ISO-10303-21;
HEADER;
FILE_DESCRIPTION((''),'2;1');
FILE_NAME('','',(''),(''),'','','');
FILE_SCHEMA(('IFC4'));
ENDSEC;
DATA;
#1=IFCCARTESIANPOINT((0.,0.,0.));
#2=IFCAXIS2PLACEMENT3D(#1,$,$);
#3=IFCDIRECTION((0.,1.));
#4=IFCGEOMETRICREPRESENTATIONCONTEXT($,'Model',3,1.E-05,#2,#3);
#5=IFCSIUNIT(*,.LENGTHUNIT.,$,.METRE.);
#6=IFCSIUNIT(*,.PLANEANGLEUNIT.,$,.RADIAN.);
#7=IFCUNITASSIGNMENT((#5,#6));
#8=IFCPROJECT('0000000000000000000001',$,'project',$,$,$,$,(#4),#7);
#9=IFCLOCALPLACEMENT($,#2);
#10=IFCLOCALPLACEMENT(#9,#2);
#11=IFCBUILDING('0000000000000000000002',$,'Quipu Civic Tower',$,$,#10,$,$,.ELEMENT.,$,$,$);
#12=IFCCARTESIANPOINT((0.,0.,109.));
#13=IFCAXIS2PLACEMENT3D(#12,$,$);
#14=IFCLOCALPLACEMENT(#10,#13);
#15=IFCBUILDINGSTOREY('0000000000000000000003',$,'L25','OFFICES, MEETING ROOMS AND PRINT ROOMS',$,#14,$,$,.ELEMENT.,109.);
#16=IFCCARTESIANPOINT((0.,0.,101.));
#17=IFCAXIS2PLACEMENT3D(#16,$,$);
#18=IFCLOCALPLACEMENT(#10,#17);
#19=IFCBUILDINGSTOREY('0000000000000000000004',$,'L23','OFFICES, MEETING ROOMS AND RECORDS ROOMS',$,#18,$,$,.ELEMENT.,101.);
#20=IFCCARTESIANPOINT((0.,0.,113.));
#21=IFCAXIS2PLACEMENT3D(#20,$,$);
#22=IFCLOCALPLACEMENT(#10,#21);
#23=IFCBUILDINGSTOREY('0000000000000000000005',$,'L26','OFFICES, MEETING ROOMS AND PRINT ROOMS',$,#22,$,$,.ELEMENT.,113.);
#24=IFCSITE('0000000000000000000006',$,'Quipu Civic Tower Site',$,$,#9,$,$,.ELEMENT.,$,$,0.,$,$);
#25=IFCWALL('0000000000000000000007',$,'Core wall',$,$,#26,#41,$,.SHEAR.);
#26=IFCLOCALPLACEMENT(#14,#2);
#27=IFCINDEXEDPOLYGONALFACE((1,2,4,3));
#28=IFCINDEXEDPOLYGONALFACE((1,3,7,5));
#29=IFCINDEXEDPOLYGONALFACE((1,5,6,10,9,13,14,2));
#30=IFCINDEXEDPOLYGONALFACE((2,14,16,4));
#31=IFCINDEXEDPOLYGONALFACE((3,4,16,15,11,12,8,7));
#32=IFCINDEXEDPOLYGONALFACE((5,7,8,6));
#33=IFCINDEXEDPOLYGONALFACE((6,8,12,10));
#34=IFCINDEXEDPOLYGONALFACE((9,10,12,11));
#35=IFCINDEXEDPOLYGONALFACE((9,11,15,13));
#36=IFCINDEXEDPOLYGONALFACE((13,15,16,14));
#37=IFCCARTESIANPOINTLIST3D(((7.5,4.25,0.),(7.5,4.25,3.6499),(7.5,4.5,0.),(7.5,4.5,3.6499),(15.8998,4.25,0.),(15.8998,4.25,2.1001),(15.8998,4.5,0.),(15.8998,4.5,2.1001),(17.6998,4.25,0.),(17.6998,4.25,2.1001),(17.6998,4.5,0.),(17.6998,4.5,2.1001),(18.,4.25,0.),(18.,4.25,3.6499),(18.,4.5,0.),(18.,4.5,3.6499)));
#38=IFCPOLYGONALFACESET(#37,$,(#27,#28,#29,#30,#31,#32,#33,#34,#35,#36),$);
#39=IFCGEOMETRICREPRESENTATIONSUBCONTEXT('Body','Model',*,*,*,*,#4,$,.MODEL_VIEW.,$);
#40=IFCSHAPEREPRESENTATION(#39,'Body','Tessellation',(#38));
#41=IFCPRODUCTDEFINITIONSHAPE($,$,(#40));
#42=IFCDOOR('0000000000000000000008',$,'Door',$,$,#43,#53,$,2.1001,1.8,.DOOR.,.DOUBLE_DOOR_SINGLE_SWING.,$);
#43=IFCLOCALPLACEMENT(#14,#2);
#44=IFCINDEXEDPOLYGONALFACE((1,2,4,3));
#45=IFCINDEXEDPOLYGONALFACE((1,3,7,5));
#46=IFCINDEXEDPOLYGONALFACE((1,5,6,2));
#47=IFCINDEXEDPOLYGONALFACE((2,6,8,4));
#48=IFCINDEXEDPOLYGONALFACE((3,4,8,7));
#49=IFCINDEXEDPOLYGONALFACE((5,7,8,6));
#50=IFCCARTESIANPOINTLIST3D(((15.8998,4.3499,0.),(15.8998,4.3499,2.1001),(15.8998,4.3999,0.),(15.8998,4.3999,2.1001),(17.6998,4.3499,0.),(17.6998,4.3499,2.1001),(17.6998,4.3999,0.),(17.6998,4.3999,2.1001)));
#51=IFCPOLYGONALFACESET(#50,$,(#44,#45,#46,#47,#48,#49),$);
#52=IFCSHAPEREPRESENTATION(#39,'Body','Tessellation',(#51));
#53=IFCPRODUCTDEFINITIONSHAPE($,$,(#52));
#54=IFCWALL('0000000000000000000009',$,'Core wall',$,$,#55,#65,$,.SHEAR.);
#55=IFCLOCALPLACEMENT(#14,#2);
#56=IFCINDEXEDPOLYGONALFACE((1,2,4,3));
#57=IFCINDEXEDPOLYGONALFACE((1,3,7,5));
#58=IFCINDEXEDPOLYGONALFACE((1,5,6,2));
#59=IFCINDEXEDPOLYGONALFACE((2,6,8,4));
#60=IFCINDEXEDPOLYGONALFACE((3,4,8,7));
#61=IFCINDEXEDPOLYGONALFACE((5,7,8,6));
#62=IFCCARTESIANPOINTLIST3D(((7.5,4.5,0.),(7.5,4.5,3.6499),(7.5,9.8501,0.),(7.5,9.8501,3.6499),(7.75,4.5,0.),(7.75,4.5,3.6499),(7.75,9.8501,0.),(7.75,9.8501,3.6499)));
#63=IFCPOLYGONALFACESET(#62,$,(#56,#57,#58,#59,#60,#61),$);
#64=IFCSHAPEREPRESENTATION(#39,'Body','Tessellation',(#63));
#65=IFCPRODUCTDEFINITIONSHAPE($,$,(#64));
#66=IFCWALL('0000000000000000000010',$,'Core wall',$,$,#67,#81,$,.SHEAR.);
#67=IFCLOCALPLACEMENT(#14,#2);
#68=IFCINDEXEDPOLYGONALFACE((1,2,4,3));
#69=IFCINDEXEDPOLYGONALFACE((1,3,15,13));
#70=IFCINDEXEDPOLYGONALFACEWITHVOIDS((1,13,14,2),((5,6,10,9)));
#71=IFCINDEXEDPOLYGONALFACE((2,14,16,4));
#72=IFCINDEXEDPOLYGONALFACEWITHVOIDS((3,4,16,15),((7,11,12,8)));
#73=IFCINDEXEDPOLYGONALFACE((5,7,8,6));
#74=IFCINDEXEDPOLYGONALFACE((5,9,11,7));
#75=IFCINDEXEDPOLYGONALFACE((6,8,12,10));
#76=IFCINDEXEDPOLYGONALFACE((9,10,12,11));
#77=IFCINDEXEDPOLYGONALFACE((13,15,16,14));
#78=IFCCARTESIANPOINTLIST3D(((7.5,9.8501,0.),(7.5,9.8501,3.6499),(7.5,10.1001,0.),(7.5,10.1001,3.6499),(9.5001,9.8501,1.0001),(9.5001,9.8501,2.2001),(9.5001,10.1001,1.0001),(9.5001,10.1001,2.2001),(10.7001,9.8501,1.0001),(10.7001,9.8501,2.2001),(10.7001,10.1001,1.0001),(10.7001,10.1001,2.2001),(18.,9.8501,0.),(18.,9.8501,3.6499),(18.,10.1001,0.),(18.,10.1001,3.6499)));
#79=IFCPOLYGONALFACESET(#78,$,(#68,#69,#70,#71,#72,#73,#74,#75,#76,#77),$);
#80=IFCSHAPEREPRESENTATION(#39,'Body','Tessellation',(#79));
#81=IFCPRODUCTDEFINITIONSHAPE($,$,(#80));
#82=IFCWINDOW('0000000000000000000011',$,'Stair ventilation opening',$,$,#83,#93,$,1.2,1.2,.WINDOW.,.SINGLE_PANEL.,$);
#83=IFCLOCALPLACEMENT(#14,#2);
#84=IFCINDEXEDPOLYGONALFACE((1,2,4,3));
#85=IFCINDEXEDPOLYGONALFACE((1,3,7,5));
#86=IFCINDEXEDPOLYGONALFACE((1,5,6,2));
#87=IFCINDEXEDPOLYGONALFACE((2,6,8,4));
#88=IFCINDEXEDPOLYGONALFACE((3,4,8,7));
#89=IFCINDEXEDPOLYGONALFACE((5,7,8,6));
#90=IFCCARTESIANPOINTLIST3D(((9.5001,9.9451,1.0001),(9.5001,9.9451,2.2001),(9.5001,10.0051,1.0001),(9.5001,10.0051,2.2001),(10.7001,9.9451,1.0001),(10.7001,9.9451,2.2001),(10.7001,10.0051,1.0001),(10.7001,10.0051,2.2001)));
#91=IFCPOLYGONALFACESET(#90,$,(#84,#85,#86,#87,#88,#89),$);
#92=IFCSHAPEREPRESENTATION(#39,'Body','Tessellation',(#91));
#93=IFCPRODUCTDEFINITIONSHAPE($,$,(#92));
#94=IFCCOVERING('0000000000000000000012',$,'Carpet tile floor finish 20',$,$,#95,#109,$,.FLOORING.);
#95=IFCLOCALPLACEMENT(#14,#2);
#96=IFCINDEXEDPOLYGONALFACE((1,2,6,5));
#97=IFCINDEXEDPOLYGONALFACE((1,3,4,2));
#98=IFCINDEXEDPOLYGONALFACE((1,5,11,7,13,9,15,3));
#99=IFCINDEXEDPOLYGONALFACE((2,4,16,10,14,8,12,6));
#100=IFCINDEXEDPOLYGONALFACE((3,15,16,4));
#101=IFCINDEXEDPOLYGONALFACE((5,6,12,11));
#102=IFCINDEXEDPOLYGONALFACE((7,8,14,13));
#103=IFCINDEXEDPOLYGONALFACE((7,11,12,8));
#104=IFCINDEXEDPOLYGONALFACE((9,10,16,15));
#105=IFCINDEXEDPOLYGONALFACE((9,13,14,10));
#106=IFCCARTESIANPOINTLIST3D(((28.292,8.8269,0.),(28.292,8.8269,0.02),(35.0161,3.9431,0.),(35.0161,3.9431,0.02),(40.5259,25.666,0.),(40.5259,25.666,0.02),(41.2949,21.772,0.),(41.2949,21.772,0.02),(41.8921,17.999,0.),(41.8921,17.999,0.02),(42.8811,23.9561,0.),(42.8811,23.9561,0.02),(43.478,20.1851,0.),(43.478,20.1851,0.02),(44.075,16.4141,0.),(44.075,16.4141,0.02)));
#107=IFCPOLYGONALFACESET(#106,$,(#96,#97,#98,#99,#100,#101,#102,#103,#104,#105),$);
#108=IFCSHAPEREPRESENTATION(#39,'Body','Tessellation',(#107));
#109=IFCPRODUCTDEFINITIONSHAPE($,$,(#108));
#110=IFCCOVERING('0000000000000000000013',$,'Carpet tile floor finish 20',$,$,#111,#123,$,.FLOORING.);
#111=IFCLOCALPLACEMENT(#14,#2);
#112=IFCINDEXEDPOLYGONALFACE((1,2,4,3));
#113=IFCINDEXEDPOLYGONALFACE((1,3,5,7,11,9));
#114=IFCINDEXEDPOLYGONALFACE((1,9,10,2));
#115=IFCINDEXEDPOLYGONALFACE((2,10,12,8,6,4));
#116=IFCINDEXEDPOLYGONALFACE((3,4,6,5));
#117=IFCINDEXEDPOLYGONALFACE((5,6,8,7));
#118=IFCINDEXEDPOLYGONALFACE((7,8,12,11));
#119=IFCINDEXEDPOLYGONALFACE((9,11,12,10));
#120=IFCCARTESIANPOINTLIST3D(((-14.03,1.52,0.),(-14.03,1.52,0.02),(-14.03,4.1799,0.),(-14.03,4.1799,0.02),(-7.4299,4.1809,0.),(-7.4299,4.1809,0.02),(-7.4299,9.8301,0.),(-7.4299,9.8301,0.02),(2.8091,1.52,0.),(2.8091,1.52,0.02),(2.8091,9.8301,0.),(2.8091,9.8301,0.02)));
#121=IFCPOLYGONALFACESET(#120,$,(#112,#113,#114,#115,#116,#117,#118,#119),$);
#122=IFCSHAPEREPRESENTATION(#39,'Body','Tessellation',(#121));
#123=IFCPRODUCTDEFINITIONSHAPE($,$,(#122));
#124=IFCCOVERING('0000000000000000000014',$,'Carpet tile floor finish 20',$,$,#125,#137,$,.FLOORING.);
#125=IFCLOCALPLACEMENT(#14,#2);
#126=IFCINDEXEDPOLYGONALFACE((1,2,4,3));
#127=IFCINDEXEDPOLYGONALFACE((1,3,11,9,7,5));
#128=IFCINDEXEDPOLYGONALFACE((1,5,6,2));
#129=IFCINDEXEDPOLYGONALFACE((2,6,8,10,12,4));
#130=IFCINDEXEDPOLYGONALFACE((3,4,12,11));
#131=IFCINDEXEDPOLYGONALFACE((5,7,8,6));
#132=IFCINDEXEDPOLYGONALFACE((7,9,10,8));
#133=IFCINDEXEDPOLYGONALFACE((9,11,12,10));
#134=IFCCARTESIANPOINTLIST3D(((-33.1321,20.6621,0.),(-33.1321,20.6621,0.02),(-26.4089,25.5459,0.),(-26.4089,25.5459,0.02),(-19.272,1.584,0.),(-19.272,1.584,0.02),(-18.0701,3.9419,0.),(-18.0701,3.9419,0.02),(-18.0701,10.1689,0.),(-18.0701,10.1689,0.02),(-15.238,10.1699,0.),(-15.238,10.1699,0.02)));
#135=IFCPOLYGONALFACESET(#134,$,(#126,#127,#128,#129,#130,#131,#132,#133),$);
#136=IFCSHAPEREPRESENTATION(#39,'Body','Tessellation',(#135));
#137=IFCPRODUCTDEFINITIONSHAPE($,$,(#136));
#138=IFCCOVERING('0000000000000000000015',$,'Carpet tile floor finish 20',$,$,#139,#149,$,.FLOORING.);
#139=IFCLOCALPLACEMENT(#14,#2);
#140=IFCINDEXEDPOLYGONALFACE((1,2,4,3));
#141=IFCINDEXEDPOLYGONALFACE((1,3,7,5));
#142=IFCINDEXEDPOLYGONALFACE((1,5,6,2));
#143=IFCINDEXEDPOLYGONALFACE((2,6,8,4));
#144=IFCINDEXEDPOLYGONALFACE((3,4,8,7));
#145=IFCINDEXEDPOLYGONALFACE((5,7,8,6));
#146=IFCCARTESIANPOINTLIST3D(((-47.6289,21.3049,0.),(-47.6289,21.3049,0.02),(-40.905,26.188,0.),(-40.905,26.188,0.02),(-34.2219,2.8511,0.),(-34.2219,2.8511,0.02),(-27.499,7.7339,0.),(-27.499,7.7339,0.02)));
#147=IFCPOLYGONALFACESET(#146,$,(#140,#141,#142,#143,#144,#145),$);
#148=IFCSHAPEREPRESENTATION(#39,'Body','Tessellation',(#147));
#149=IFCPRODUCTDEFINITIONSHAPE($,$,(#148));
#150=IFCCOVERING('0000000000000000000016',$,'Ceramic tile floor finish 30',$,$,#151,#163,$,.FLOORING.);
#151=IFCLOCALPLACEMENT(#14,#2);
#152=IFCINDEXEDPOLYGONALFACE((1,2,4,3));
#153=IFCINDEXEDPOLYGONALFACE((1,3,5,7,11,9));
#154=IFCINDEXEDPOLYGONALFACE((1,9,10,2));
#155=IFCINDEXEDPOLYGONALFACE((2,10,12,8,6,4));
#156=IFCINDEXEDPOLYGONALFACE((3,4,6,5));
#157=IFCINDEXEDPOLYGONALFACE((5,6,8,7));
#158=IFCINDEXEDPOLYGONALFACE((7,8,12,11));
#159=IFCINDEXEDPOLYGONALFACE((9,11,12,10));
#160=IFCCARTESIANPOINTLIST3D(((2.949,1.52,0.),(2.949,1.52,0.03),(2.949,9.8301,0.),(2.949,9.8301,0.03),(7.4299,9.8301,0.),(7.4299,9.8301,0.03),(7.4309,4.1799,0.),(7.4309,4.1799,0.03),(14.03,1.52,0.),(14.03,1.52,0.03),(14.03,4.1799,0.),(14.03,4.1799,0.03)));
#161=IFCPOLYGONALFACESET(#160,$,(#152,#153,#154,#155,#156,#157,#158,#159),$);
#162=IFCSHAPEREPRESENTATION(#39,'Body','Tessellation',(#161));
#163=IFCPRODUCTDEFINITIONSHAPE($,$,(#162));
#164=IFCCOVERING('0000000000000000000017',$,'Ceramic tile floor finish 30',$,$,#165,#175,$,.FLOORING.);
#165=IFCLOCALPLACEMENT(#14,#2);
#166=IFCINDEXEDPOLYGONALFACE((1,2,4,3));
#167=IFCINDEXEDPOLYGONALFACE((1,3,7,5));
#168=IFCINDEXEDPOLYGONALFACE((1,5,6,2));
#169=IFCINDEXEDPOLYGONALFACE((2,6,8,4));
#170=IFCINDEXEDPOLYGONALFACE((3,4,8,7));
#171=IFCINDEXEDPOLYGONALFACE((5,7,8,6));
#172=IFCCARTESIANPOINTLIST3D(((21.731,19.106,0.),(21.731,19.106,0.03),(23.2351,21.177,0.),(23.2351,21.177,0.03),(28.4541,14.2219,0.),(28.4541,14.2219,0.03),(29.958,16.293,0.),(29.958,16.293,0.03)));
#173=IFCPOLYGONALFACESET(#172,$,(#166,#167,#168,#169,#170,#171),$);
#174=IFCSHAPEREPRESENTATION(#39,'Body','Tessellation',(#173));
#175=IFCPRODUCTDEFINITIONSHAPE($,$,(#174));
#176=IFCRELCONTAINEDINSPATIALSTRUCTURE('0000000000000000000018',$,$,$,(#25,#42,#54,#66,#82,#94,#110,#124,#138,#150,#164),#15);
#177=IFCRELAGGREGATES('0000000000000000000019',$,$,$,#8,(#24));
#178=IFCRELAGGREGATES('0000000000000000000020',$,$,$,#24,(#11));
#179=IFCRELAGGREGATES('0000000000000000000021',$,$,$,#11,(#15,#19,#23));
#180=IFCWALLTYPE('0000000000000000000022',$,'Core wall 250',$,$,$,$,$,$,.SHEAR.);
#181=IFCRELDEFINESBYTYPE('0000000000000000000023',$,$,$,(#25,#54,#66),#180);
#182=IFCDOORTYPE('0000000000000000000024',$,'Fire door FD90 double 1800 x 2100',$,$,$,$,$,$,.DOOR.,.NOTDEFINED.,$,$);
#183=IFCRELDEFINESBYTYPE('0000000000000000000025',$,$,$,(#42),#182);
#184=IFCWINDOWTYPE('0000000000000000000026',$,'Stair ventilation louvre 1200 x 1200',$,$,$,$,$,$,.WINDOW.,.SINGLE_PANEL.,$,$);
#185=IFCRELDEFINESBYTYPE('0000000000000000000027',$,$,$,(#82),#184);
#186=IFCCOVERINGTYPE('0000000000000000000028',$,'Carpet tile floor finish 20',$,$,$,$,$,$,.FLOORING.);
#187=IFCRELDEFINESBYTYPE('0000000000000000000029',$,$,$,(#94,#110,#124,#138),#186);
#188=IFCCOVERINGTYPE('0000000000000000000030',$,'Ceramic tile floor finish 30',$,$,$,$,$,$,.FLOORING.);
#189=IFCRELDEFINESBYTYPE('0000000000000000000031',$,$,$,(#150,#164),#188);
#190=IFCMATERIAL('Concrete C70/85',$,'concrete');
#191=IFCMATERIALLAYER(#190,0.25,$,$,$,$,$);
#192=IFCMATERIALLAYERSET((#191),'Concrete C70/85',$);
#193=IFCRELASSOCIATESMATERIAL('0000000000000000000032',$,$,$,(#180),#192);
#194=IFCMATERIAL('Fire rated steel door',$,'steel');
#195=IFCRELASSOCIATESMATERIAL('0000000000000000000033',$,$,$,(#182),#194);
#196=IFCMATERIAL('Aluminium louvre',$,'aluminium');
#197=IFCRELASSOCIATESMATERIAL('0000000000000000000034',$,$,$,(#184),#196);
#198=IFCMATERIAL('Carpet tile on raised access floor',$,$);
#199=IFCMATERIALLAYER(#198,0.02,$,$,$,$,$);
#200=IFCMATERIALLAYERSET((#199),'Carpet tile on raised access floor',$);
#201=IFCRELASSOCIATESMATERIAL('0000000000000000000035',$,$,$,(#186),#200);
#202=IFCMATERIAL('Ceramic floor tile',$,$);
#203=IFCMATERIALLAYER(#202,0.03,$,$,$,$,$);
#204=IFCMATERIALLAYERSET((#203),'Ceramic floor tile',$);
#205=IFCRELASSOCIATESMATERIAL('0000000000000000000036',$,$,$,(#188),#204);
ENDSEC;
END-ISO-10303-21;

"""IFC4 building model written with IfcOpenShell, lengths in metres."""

from ifc_helpers import new_model, si_unit, direction, frame, frame_2d, origin, place, context, subcontext, project, spatial, polyline, rectangle, outline, extrude, material, layer, layer_set, type_object, element, fill, save


model = new_model("IFC4")

# Units and contexts
model_context = context("Model", 3, precision=1e-05, world=origin(), true_north=direction((0.0, 1.0)))
body_context = subcontext(model_context, "Body", "Model", "MODEL_VIEW")
ifc_project = project(units=[si_unit("LENGTHUNIT", "METRE"), si_unit("PLANEANGLEUNIT", "RADIAN")], contexts=[model_context])

# Site, building, storey
site_placement = place(None, origin())
site = spatial("IfcSite", under=ifc_project, at=site_placement, Name="Quipu Civic Tower Site", CompositionType="ELEMENT", RefElevation=0.0)
building_placement = place(site_placement, origin())
building = spatial("IfcBuilding", under=site, at=building_placement, Name="Quipu Civic Tower", CompositionType="ELEMENT")
storey_1_placement = place(building_placement, frame((0.0, 0.0, 109.0)))
storey_1 = spatial("IfcBuildingStorey", under=building, at=storey_1_placement, Name="L25", Description="OFFICES, MEETING ROOMS AND PRINT ROOMS", CompositionType="ELEMENT", Elevation=109.0)

# Shared definitions
storey_2_placement = place(building_placement, frame((0.0, 0.0, 101.0)))
storey_2 = spatial("IfcBuildingStorey", under=building, at=storey_2_placement, Name="L23", Description="OFFICES, MEETING ROOMS AND RECORDS ROOMS", CompositionType="ELEMENT", Elevation=101.0)

# Shared definitions
storey_3_placement = place(building_placement, frame((0.0, 0.0, 113.0)))
storey_3 = spatial("IfcBuildingStorey", under=building, at=storey_3_placement, Name="L26", Description="OFFICES, MEETING ROOMS AND PRINT ROOMS", CompositionType="ELEMENT", Elevation=113.0)

# Wall, opening, door
ifc_material_1 = material(Name="Concrete C70/85", Category="concrete")
ifc_layer_1 = layer(ifc_material_1, 0.25)
ifc_layer_set_1 = layer_set([ifc_layer_1], Name="Concrete C70/85")
wall_type_1 = type_object("IfcWallType", Name="Core wall 250", PredefinedType="SHEAR", material=ifc_layer_set_1)
wall_1_placement = place(storey_1_placement, frame((7.5, 4.375, 0.0), z_axis=(0.0, 0.0, 1.0), x_axis=(1.0, 0.0, 0.0)))
wall_1 = element("IfcWall", 1, at=wall_1_placement, inside=storey_1, type_object=wall_type_1, Name="Core wall", PredefinedType="SHEAR", context=body_context, shape_type="SweptSolid", body=[
    extrude(rectangle(XDim=10.5, YDim=0.25, at=frame_2d((5.25, 0.0))), origin(), (0.0, 0.0, 1.0), 3.6499),
])
opening_1_placement = place(wall_1_placement, frame((8.3999, 0.0, 0.0)))
opening_1 = element("IfcOpeningElement", 2, at=opening_1_placement, cuts=wall_1, PredefinedType="OPENING", context=body_context, shape_type="SweptSolid", body=[
    extrude(rectangle(XDim=1.8, YDim=2.1001, at=frame_2d((0.8999, 1.05))), frame((0.0, 0.135, 0.0), z_axis=(0.0, -1.0, 0.0), x_axis=(1.0, 0.0, 0.0)), (0.0, 0.0, 1.0), 0.27),
])
ifc_material_2 = material(Name="Fire rated steel door", Category="steel")
door_type = type_object("IfcDoorType", Name="Fire door FD90 double 1800 x 2100", OperationType="NOTDEFINED", PredefinedType="DOOR", material=ifc_material_2)
door_placement = place(opening_1_placement, origin())
door = element("IfcDoor", 3, at=door_placement, inside=storey_1, type_object=door_type, Name="Door", OperationType="DOUBLE_DOOR_SINGLE_SWING", OverallHeight=2.1001, OverallWidth=1.8, PredefinedType="DOOR", context=body_context, shape_type="SweptSolid", body=[
    extrude(rectangle(XDim=1.8, YDim=2.1001, at=frame_2d((0.8999, 1.05))), frame((0.0, 0.0249, 0.0), z_axis=(0.0, -1.0, 0.0), x_axis=(1.0, 0.0, 0.0)), (0.0, 0.0, 1.0), 0.05),
])
fill(opening_1, door)

# Wall
wall_2_placement = place(storey_1_placement, frame((7.625, 4.5, 0.0), z_axis=(0.0, 0.0, 1.0), x_axis=(0.0, 1.0, 0.0)))
element("IfcWall", 4, at=wall_2_placement, inside=storey_1, type_object=wall_type_1, Name="Core wall", PredefinedType="SHEAR", context=body_context, shape_type="SweptSolid", body=[
    extrude(rectangle(XDim=5.3501, YDim=0.25, at=frame_2d((2.675, 0.0))), origin(), (0.0, 0.0, 1.0), 3.6499),
])

# Wall, opening, window
wall_3_placement = place(storey_1_placement, frame((7.5, 9.9751, 0.0), z_axis=(0.0, 0.0, 1.0), x_axis=(1.0, 0.0, 0.0)))
wall_3 = element("IfcWall", 5, at=wall_3_placement, inside=storey_1, type_object=wall_type_1, Name="Core wall", PredefinedType="SHEAR", context=body_context, shape_type="SweptSolid", body=[
    extrude(rectangle(XDim=10.5, YDim=0.25, at=frame_2d((5.25, 0.0))), origin(), (0.0, 0.0, 1.0), 3.6499),
])
opening_2_placement = place(wall_3_placement, frame((2.0, 0.0, 1.0)))
opening_2 = element("IfcOpeningElement", 6, at=opening_2_placement, cuts=wall_3, PredefinedType="OPENING", context=body_context, shape_type="SweptSolid", body=[
    extrude(rectangle(XDim=1.2, YDim=1.2, at=frame_2d((0.6001, 0.6001))), frame((0.0, 0.135, 0.0), z_axis=(0.0, -1.0, 0.0), x_axis=(1.0, 0.0, 0.0)), (0.0, 0.0, 1.0), 0.27),
])
ifc_material_3 = material(Name="Aluminium louvre", Category="aluminium")
window_type = type_object("IfcWindowType", Name="Stair ventilation louvre 1200 x 1200", PartitioningType="SINGLE_PANEL", PredefinedType="WINDOW", material=ifc_material_3)
window_placement = place(opening_2_placement, origin())
window = element("IfcWindow", 7, at=window_placement, inside=storey_1, type_object=window_type, Name="Stair ventilation opening", OverallHeight=1.2, OverallWidth=1.2, PartitioningType="SINGLE_PANEL", PredefinedType="WINDOW", context=body_context, shape_type="SweptSolid", body=[
    extrude(rectangle(XDim=1.2, YDim=1.2, at=frame_2d((0.6001, 0.6001))), frame((0.0, 0.03, 0.0), z_axis=(0.0, -1.0, 0.0), x_axis=(1.0, 0.0, 0.0)), (0.0, 0.0, 1.0), 0.0601),
])
fill(opening_2, window)

# Coverings
ifc_material_4 = material(Name="Carpet tile on raised access floor")
ifc_layer_2 = layer(ifc_material_4, 0.02)
ifc_layer_set_2 = layer_set([ifc_layer_2], Name="Carpet tile on raised access floor")
covering_type_1 = type_object("IfcCoveringType", Name="Carpet tile floor finish 20", PredefinedType="FLOORING", material=ifc_layer_set_2)
covering_1_placement = place(storey_1_placement, origin())
element("IfcCovering", 8, at=covering_1_placement, inside=storey_1, type_object=covering_type_1, Name="Carpet tile floor finish 20", PredefinedType="FLOORING", context=body_context, shape_type="SweptSolid", body=[
    extrude(outline(polyline([(28.292, 8.8269), (40.5259, 25.666), (42.8811, 23.9561), (41.2949, 21.772), (43.478, 20.1851), (41.8921, 17.999), (44.075, 16.4141), (35.0161, 3.9431), (28.292, 8.8269)])), origin(), (0.0, 0.0, 1.0), 0.02),
])
covering_2_placement = place(storey_1_placement, origin())
element("IfcCovering", 9, at=covering_2_placement, inside=storey_1, type_object=covering_type_1, Name="Carpet tile floor finish 20", PredefinedType="FLOORING", context=body_context, shape_type="SweptSolid", body=[
    extrude(outline(polyline([(-14.03, 1.52), (-14.03, 4.1799), (-7.4299, 4.1809), (-7.4299, 9.8301), (2.8091, 9.8301), (2.8091, 1.52), (-14.03, 1.52)])), origin(), (0.0, 0.0, 1.0), 0.02),
])
covering_3_placement = place(storey_1_placement, origin())
element("IfcCovering", 10, at=covering_3_placement, inside=storey_1, type_object=covering_type_1, Name="Carpet tile floor finish 20", PredefinedType="FLOORING", context=body_context, shape_type="SweptSolid", body=[
    extrude(outline(polyline([(-33.1321, 20.6621), (-26.4089, 25.5459), (-15.238, 10.1699), (-18.0701, 10.1689), (-18.0701, 3.9419), (-19.272, 1.584), (-33.1321, 20.6621)])), origin(), (0.0, 0.0, 1.0), 0.02),
])
covering_4_placement = place(storey_1_placement, origin())
element("IfcCovering", 11, at=covering_4_placement, inside=storey_1, type_object=covering_type_1, Name="Carpet tile floor finish 20", PredefinedType="FLOORING", context=body_context, shape_type="SweptSolid", body=[
    extrude(outline(polyline([(-47.6289, 21.3049), (-40.905, 26.188), (-27.499, 7.7339), (-34.2219, 2.8511), (-47.6289, 21.3049)])), origin(), (0.0, 0.0, 1.0), 0.02),
])
ifc_material_5 = material(Name="Ceramic floor tile")
ifc_layer_3 = layer(ifc_material_5, 0.03)
ifc_layer_set_3 = layer_set([ifc_layer_3], Name="Ceramic floor tile")
covering_type_2 = type_object("IfcCoveringType", Name="Ceramic tile floor finish 30", PredefinedType="FLOORING", material=ifc_layer_set_3)
covering_5_placement = place(storey_1_placement, origin())
element("IfcCovering", 12, at=covering_5_placement, inside=storey_1, type_object=covering_type_2, Name="Ceramic tile floor finish 30", PredefinedType="FLOORING", context=body_context, shape_type="SweptSolid", body=[
    extrude(outline(polyline([(2.949, 1.52), (2.949, 9.8301), (7.4299, 9.8301), (7.4309, 4.1799), (14.03, 4.1799), (14.03, 1.52), (2.949, 1.52)])), origin(), (0.0, 0.0, 1.0), 0.03),
])
covering_6_placement = place(storey_1_placement, origin())
element("IfcCovering", 13, at=covering_6_placement, inside=storey_1, type_object=covering_type_2, Name="Ceramic tile floor finish 30", PredefinedType="FLOORING", context=body_context, shape_type="SweptSolid", body=[
    extrude(outline(polyline([(21.731, 19.106), (23.2351, 21.177), (29.958, 16.293), (28.4541, 14.2219), (21.731, 19.106)])), origin(), (0.0, 0.0, 1.0), 0.03),
])

save(model, "model.ifc")
